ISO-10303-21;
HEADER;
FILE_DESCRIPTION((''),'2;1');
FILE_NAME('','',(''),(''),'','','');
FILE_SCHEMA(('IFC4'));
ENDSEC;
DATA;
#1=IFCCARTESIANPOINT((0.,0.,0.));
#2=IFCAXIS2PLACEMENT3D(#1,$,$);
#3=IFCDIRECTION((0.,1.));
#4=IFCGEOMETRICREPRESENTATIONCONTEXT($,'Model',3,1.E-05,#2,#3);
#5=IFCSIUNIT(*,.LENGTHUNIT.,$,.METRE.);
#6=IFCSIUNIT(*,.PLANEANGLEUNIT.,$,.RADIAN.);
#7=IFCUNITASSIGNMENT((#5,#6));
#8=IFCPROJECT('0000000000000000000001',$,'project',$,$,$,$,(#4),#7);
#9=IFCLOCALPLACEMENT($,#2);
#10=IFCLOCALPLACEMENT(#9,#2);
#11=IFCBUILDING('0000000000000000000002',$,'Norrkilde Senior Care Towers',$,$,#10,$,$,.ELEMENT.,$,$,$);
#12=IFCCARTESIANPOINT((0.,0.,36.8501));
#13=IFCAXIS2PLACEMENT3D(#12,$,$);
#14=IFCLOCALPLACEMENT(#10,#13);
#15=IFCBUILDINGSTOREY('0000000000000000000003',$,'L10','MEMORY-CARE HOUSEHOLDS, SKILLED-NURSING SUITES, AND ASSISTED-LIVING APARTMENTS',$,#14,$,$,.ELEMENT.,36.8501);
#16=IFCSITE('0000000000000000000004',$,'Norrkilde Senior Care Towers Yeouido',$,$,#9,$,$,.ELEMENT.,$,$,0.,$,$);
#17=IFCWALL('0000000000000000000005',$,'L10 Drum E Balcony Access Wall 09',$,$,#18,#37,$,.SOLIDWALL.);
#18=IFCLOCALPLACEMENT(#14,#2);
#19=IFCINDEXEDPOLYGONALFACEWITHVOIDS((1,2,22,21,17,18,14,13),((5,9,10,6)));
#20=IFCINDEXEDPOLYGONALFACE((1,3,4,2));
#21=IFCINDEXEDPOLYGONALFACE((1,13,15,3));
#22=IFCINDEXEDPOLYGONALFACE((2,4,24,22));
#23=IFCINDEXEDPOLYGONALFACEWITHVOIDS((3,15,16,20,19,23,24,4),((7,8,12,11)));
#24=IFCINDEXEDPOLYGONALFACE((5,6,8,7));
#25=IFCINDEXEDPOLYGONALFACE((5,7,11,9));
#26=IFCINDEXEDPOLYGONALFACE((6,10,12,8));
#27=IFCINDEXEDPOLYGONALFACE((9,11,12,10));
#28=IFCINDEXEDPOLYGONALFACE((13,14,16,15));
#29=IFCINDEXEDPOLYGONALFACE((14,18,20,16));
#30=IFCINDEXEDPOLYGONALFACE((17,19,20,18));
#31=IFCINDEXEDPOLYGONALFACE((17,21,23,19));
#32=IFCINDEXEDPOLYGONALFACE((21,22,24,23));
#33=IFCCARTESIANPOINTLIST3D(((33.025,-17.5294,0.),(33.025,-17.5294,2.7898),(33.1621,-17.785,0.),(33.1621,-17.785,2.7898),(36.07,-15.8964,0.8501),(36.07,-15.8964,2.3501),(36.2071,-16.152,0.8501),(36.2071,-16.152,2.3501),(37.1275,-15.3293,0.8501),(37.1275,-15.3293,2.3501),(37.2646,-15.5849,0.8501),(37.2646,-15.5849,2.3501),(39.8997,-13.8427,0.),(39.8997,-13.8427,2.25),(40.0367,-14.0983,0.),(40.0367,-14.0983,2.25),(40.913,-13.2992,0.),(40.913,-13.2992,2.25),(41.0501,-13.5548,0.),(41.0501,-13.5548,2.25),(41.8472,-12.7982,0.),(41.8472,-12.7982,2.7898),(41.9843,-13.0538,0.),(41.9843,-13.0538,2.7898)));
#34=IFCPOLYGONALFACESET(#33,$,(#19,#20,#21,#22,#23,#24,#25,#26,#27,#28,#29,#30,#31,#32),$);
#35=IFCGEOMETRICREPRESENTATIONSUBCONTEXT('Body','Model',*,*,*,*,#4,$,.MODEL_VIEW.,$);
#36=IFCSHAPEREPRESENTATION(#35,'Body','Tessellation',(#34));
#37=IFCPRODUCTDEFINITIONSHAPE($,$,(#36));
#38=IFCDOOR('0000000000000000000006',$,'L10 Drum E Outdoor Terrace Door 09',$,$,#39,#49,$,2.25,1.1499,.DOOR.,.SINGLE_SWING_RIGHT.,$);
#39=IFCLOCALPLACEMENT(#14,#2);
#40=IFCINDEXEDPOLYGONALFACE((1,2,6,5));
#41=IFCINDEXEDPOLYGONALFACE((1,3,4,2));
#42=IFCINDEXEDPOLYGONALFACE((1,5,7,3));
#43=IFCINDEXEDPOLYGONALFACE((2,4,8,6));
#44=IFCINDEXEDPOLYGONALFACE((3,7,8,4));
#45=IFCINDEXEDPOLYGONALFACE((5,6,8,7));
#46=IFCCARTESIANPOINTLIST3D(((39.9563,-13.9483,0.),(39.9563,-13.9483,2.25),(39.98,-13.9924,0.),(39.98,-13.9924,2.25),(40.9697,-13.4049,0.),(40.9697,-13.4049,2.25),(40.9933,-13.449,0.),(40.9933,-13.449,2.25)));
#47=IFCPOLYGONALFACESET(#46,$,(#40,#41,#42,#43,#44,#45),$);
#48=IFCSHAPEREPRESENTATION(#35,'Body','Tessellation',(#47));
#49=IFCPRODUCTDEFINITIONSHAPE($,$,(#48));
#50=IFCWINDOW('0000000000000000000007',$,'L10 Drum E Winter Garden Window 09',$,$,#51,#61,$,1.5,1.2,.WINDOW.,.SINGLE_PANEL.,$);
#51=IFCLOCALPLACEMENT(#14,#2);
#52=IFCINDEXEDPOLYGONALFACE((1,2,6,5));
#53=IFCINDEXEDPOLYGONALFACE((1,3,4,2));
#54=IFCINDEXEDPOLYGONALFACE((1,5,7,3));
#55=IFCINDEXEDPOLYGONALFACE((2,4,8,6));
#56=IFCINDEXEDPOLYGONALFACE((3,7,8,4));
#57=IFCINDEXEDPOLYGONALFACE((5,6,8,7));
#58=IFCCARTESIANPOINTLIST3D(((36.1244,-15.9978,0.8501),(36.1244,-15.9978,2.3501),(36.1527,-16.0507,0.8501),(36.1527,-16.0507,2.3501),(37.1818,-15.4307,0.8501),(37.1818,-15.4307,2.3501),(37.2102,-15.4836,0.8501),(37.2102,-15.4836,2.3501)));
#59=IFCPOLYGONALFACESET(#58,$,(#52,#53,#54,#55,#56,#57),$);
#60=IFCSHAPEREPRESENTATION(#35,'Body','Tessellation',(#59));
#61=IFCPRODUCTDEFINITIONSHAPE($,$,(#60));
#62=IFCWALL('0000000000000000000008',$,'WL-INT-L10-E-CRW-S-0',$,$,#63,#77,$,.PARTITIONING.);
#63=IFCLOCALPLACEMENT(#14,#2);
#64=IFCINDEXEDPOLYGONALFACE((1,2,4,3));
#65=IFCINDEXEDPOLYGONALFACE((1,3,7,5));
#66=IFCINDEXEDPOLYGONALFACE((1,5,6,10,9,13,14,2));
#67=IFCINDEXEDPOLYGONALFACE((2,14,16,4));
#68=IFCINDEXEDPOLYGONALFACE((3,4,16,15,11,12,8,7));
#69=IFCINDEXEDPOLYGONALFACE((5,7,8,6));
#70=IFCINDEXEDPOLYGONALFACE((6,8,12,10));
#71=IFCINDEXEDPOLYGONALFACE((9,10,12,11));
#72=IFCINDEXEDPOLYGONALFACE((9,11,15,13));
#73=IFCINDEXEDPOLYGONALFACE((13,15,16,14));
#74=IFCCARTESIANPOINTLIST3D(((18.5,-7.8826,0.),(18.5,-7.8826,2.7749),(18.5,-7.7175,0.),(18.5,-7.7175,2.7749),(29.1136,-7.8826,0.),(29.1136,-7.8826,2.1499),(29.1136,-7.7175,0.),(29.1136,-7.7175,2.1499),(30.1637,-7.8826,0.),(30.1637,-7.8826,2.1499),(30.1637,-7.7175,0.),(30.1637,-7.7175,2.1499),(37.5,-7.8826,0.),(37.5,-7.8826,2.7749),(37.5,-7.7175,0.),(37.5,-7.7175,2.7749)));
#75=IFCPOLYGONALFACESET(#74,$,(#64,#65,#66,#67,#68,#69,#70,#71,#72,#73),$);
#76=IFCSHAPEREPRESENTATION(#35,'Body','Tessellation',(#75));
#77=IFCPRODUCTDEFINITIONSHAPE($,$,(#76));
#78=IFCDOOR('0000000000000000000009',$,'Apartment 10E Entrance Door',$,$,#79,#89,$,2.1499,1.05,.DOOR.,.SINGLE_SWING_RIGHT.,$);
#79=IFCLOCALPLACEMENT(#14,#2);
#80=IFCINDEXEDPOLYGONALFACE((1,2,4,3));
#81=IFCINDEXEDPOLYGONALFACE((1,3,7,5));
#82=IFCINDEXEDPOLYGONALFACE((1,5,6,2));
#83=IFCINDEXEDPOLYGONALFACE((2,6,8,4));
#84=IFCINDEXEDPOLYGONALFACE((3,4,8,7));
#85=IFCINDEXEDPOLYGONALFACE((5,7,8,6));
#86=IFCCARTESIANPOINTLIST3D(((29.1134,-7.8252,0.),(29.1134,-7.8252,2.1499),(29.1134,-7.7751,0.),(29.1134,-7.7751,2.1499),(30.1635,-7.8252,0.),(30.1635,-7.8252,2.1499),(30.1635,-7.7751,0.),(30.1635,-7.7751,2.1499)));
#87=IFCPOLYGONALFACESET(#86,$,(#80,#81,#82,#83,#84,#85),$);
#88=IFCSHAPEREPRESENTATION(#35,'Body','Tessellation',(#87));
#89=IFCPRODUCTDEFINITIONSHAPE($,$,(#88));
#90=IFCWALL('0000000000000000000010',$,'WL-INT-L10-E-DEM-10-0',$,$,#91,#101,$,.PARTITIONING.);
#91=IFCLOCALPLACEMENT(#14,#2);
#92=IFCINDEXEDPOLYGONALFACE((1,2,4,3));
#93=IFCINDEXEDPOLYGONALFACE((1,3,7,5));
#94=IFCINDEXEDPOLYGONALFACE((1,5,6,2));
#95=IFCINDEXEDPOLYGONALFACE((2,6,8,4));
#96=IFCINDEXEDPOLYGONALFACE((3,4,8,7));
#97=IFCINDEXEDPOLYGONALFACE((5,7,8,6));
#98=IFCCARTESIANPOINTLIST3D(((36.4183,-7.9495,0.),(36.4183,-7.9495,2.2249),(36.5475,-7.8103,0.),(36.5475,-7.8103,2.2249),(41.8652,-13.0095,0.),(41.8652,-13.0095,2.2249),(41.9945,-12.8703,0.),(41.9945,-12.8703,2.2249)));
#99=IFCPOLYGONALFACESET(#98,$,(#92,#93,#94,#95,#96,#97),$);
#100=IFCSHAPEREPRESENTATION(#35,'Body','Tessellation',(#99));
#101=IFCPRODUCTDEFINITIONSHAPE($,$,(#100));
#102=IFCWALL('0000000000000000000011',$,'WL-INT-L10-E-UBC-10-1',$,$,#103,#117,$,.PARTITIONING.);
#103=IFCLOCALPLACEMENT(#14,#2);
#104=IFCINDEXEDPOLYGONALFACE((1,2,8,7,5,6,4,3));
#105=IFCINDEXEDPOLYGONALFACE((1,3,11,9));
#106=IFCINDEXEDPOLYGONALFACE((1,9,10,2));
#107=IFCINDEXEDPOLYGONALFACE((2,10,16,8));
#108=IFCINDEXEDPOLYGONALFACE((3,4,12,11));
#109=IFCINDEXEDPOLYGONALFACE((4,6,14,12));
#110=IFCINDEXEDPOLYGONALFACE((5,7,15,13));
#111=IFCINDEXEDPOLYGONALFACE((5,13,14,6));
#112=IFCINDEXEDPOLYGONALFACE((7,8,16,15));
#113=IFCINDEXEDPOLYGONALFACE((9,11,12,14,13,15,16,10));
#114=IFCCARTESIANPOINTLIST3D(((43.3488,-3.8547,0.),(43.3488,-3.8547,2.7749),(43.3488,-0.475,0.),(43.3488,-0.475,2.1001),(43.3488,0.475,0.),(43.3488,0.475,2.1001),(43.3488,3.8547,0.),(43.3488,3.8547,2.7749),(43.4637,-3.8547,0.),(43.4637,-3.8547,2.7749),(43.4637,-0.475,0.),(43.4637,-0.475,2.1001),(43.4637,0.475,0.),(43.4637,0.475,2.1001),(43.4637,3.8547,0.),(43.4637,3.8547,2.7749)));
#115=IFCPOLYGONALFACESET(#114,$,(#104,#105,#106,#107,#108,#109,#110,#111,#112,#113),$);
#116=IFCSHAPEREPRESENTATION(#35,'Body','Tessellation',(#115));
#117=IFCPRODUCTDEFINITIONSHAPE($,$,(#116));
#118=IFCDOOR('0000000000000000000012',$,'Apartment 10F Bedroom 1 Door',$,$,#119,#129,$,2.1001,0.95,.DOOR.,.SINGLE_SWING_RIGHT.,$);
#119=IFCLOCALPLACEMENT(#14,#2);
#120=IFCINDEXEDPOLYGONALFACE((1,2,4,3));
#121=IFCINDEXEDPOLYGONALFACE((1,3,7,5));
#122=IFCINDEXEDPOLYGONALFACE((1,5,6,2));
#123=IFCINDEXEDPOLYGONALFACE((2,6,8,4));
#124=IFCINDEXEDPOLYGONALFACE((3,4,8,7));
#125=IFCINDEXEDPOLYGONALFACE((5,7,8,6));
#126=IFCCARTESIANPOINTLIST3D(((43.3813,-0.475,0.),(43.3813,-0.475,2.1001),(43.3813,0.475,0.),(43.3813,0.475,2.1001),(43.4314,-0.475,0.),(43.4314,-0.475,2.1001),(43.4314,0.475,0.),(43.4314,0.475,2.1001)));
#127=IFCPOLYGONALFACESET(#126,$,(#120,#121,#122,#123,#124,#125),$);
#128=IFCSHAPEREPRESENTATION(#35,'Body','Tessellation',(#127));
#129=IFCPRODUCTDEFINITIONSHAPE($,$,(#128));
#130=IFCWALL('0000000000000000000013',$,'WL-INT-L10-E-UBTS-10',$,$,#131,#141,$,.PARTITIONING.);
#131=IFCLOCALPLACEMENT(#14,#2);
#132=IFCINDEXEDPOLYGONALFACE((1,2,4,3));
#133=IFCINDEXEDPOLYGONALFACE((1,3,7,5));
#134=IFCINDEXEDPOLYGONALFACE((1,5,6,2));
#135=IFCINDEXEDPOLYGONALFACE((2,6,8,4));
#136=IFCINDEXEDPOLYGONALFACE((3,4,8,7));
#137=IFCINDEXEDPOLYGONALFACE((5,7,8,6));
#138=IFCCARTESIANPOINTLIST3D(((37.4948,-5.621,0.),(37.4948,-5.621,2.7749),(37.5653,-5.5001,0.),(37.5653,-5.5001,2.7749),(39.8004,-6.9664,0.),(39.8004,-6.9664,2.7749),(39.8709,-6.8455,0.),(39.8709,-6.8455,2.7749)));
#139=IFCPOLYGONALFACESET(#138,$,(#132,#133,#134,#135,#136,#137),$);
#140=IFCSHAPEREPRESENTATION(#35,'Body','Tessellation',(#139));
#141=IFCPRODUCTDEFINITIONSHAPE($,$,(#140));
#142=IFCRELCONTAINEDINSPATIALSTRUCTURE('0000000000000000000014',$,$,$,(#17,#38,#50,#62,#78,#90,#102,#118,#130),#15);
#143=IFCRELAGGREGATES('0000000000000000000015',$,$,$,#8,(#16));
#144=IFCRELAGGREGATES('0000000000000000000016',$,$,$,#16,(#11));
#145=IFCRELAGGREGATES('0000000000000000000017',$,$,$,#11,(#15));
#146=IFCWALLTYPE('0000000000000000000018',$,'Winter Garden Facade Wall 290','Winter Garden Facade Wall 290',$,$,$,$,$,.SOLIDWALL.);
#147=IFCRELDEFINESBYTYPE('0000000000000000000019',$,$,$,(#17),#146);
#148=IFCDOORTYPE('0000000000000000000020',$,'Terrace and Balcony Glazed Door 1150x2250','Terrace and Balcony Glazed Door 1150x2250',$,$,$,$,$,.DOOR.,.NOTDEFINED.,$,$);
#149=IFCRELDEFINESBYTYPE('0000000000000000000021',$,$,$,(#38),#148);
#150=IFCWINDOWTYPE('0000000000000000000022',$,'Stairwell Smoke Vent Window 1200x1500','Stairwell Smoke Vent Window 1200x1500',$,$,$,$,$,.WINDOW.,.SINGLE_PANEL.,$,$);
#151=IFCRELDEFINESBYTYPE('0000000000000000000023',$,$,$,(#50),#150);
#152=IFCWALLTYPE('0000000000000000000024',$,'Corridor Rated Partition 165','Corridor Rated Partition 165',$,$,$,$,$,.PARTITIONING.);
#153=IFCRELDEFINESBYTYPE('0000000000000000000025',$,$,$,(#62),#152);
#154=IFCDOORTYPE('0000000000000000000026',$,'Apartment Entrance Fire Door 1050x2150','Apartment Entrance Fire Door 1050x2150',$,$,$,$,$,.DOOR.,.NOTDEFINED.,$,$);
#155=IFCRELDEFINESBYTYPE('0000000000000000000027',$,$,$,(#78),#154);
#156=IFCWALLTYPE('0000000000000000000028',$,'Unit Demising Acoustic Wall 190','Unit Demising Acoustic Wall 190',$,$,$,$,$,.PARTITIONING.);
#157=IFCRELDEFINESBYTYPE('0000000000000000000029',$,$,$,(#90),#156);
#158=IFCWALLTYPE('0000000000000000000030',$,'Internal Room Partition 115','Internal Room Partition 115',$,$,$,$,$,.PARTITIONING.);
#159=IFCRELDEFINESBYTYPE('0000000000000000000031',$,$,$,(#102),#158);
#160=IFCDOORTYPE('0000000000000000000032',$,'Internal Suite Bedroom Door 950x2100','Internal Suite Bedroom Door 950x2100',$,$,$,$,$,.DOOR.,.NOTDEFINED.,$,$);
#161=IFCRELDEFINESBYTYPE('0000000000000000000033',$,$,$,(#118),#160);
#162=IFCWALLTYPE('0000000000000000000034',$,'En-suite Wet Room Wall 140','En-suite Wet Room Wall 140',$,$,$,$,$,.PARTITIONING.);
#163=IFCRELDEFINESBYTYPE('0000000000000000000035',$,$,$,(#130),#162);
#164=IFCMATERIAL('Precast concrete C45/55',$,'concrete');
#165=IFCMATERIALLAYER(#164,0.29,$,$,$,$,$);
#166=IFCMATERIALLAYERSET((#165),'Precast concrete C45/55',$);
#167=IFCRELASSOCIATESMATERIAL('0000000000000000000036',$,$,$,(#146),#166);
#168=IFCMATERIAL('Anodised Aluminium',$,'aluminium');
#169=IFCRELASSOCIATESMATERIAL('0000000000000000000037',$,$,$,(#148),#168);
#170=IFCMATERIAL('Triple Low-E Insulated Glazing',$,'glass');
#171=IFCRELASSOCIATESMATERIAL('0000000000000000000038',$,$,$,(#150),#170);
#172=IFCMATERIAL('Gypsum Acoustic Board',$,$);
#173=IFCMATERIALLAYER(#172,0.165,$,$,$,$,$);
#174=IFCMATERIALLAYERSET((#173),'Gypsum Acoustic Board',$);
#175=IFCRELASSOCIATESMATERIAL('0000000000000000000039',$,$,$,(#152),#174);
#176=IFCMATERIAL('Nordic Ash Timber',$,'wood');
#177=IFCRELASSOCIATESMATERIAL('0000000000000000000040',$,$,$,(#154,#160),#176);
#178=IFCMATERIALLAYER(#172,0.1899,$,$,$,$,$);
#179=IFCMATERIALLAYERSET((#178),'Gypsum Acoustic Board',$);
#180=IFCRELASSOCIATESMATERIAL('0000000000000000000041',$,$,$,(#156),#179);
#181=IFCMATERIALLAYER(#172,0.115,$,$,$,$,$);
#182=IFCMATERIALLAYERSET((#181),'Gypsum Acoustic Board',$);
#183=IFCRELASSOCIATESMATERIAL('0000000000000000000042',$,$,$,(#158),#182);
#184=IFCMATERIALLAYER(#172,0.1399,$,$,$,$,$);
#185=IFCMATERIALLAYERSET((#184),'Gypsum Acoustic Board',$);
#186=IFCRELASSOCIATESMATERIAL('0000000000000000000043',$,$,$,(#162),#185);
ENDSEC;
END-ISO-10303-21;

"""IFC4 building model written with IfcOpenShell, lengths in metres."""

from ifc_helpers import new_model, si_unit, direction, frame, frame_2d, origin, place, context, subcontext, project, spatial, rectangle, extrude, source, transform, mapped, material, layer, layer_set, type_object, type_shapes, element, fill, save


model = new_model("IFC4")

# Units and contexts
model_context = context("Model", 3, precision=1e-05, world=origin(), true_north=direction((0.0, 1.0)))
body_context = subcontext(model_context, "Body", "Model", "MODEL_VIEW")
ifc_project = project(units=[si_unit("LENGTHUNIT", "METRE"), si_unit("PLANEANGLEUNIT", "RADIAN")], contexts=[model_context])

# Site, building, storey
site_placement = place(None, origin())
site = spatial("IfcSite", under=ifc_project, at=site_placement, Name="Norrkilde Senior Care Towers Yeouido", CompositionType="ELEMENT", RefElevation=0.0)
building_placement = place(site_placement, origin())
building = spatial("IfcBuilding", under=site, at=building_placement, Name="Norrkilde Senior Care Towers", CompositionType="ELEMENT")
storey_placement = place(building_placement, frame((0.0, 0.0, 36.8501)))
storey = spatial("IfcBuildingStorey", under=building, at=storey_placement, Name="L10", Description="MEMORY-CARE HOUSEHOLDS, SKILLED-NURSING SUITES, AND ASSISTED-LIVING APARTMENTS", CompositionType="ELEMENT", Elevation=36.8501)

# Shared definitions
ifc_material_1 = material(Name="Triple Low-E Insulated Glazing", Category="glass")
ifc_material_2 = material(Name="Anodised Aluminium", Category="aluminium")

# Wall, openings, door, window
ifc_material_3 = material(Name="Precast concrete C45/55", Category="concrete")
ifc_layer_1 = layer(ifc_material_3, 0.29)
ifc_layer_set_1 = layer_set([ifc_layer_1], Name="Precast concrete C45/55")
wall_type_1 = type_object("IfcWallType", Name="Winter Garden Facade Wall 290", Description="Winter Garden Facade Wall 290", PredefinedType="SOLIDWALL", material=ifc_layer_set_1)
shared_shape_1 = source(origin(), body_context, "Body", "SweptSolid", [
    extrude(rectangle(XDim=10.0107, YDim=0.29, at=frame_2d((5.0054, 0.0))), origin(), (0.0, 0.0, 1.0), 2.7898),
])
type_shapes(wall_type_1, [shared_shape_1])
wall_1_placement = place(storey_placement, frame((41.9158, -12.926, 0.0), z_axis=(0.0, 0.0, 1.0), x_axis=(-0.881273, -0.472608, 0.0)))
wall_1 = element("IfcWall", 1, at=wall_1_placement, inside=storey, type_object=wall_type_1, Name="L10 Drum E Balcony Access Wall 09", PredefinedType="SOLIDWALL", context=body_context, shape_type="MappedRepresentation", body=[
    mapped(shared_shape_1, transform((0.0, 0.0, 0.0), x_axis=(1.0, 0.0, 0.0), y_axis=(0.0, 1.0, 0.0), z_axis=(0.0, 0.0, 1.0), scale=1.0)),
])
opening_1_placement = place(wall_1_placement, frame((1.0601, 0.0, 0.0)))
opening_1 = element("IfcOpeningElement", 2, at=opening_1_placement, cuts=wall_1, PredefinedType="OPENING", context=body_context, shape_type="SweptSolid", body=[
    extrude(rectangle(XDim=1.1499, YDim=2.25, at=frame_2d((0.575, 1.125))), frame((0.0, 0.155, 0.0), z_axis=(0.0, -1.0, 0.0), x_axis=(1.0, 0.0, 0.0)), (0.0, 0.0, 1.0), 0.3101),
])
opening_2_placement = place(wall_1_placement, frame((5.3555, 0.0, 0.8501)))
opening_2 = element("IfcOpeningElement", 3, at=opening_2_placement, cuts=wall_1, PredefinedType="OPENING", context=body_context, shape_type="SweptSolid", body=[
    extrude(rectangle(XDim=1.2, YDim=1.5, at=frame_2d((0.6001, 0.75))), frame((0.0, 0.155, 0.0), z_axis=(0.0, -1.0, 0.0), x_axis=(1.0, 0.0, 0.0)), (0.0, 0.0, 1.0), 0.3101),
])
door_type_1 = type_object("IfcDoorType", Name="Terrace and Balcony Glazed Door 1150x2250", Description="Terrace and Balcony Glazed Door 1150x2250", OperationType="NOTDEFINED", PredefinedType="DOOR", material=ifc_material_2)
shared_shape_2 = source(origin(), body_context, "Body", "SweptSolid", [
    extrude(rectangle(XDim=1.1499, YDim=2.25, at=frame_2d((0.575, 1.125))), frame((0.0, 0.0249, 0.0), z_axis=(0.0, -1.0, 0.0), x_axis=(1.0, 0.0, 0.0)), (0.0, 0.0, 1.0), 0.05),
])
type_shapes(door_type_1, [shared_shape_2])
door_1_placement = place(opening_1_placement, origin())
door_1 = element("IfcDoor", 4, at=door_1_placement, inside=storey, type_object=door_type_1, Name="L10 Drum E Outdoor Terrace Door 09", OperationType="SINGLE_SWING_RIGHT", OverallHeight=2.25, OverallWidth=1.1499, PredefinedType="DOOR", context=body_context, shape_type="MappedRepresentation", body=[
    mapped(shared_shape_2, transform((0.0, 0.0, 0.0), x_axis=(1.0, 0.0, 0.0), y_axis=(0.0, 1.0, 0.0), z_axis=(0.0, 0.0, 1.0), scale=1.0)),
])
fill(opening_1, door_1)
window_type = type_object("IfcWindowType", Name="Stairwell Smoke Vent Window 1200x1500", Description="Stairwell Smoke Vent Window 1200x1500", PartitioningType="SINGLE_PANEL", PredefinedType="WINDOW", material=ifc_material_1)
shared_shape_3 = source(origin(), body_context, "Body", "SweptSolid", [
    extrude(rectangle(XDim=1.2, YDim=1.5, at=frame_2d((0.6001, 0.75))), frame((0.0, 0.03, 0.0), z_axis=(0.0, -1.0, 0.0), x_axis=(1.0, 0.0, 0.0)), (0.0, 0.0, 1.0), 0.0601),
])
type_shapes(window_type, [shared_shape_3])
window_placement = place(opening_2_placement, origin())
window = element("IfcWindow", 5, at=window_placement, inside=storey, type_object=window_type, Name="L10 Drum E Winter Garden Window 09", OverallHeight=1.5, OverallWidth=1.2, PartitioningType="SINGLE_PANEL", PredefinedType="WINDOW", context=body_context, shape_type="MappedRepresentation", body=[
    mapped(shared_shape_3, transform((0.0, 0.0, 0.0), x_axis=(1.0, 0.0, 0.0), y_axis=(0.0, 1.0, 0.0), z_axis=(0.0, 0.0, 1.0), scale=1.0)),
])
fill(opening_2, window)

# Wall, opening, door
ifc_material_4 = material(Name="Gypsum Acoustic Board")
ifc_layer_2 = layer(ifc_material_4, 0.165)
ifc_layer_set_2 = layer_set([ifc_layer_2], Name="Gypsum Acoustic Board")
wall_type_2 = type_object("IfcWallType", Name="Corridor Rated Partition 165", Description="Corridor Rated Partition 165", PredefinedType="PARTITIONING", material=ifc_layer_set_2)
shared_shape_4 = source(origin(), body_context, "Body", "SweptSolid", [
    extrude(rectangle(XDim=19.0, YDim=0.165, at=frame_2d((9.5, 0.0))), origin(), (0.0, 0.0, 1.0), 2.7749),
])
type_shapes(wall_type_2, [shared_shape_4])
wall_2_placement = place(storey_placement, frame((37.5, -7.8, 0.0), z_axis=(0.0, 0.0, 1.0), x_axis=(-1.0, 0.0, 0.0)))
wall_2 = element("IfcWall", 6, at=wall_2_placement, inside=storey, type_object=wall_type_2, Name="WL-INT-L10-E-CRW-S-0", PredefinedType="PARTITIONING", context=body_context, shape_type="MappedRepresentation", body=[
    mapped(shared_shape_4, transform((0.0, 0.0, 0.0), x_axis=(1.0, 0.0, 0.0), y_axis=(0.0, 1.0, 0.0), z_axis=(0.0, 0.0, 1.0), scale=1.0)),
])
opening_3_placement = place(wall_2_placement, frame((7.3364, 0.0, 0.0)))
opening_3 = element("IfcOpeningElement", 7, at=opening_3_placement, cuts=wall_2, PredefinedType="OPENING", context=body_context, shape_type="SweptSolid", body=[
    extrude(rectangle(XDim=1.05, YDim=2.1499, at=frame_2d((0.5249, 1.075))), frame((0.0, 0.0925, 0.0), z_axis=(0.0, -1.0, 0.0), x_axis=(1.0, 0.0, 0.0)), (0.0, 0.0, 1.0), 0.1851),
])
ifc_material_5 = material(Name="Nordic Ash Timber", Category="wood")
door_type_2 = type_object("IfcDoorType", Name="Apartment Entrance Fire Door 1050x2150", Description="Apartment Entrance Fire Door 1050x2150", OperationType="NOTDEFINED", PredefinedType="DOOR", material=ifc_material_5)
shared_shape_5 = source(origin(), body_context, "Body", "SweptSolid", [
    extrude(rectangle(XDim=1.05, YDim=2.1499, at=frame_2d((0.5249, 1.075))), frame((0.0, 0.0249, 0.0), z_axis=(0.0, -1.0, 0.0), x_axis=(1.0, 0.0, 0.0)), (0.0, 0.0, 1.0), 0.05),
])
type_shapes(door_type_2, [shared_shape_5])
door_2_placement = place(opening_3_placement, frame((1.05, 0.0, 0.0), z_axis=(0.0, 0.0, 1.0), x_axis=(-1.0, 0.0, 0.0)))
door_2 = element("IfcDoor", 8, at=door_2_placement, inside=storey, type_object=door_type_2, Name="Apartment 10E Entrance Door", OperationType="SINGLE_SWING_RIGHT", OverallHeight=2.1499, OverallWidth=1.05, PredefinedType="DOOR", context=body_context, shape_type="MappedRepresentation", body=[
    mapped(shared_shape_5, transform((0.0, 0.0, 0.0), x_axis=(1.0, 0.0, 0.0), y_axis=(0.0, 1.0, 0.0), z_axis=(0.0, 0.0, 1.0), scale=1.0)),
])
fill(opening_3, door_2)

# Wall
ifc_layer_3 = layer(ifc_material_4, 0.1899)
ifc_layer_set_3 = layer_set([ifc_layer_3], Name="Gypsum Acoustic Board")
wall_type_3 = type_object("IfcWallType", Name="Unit Demising Acoustic Wall 190", Description="Unit Demising Acoustic Wall 190", PredefinedType="PARTITIONING", material=ifc_layer_set_3)
shared_shape_6 = source(origin(), body_context, "Body", "SweptSolid", [
    extrude(rectangle(XDim=7.4346, YDim=0.1899, at=frame_2d((3.7173, 0.0))), origin(), (0.0, 0.0, 1.0), 2.2249),
])
type_shapes(wall_type_3, [shared_shape_6])
wall_3_placement = place(storey_placement, frame((36.4829, -7.8799, 0.0), z_axis=(0.0, 0.0, 1.0), x_axis=(0.732652, -0.680603, 0.0)))
element("IfcWall", 9, at=wall_3_placement, inside=storey, type_object=wall_type_3, Name="WL-INT-L10-E-DEM-10-0", PredefinedType="PARTITIONING", context=body_context, shape_type="MappedRepresentation", body=[
    mapped(shared_shape_6, transform((0.0, 0.0, 0.0), x_axis=(1.0, 0.0, 0.0), y_axis=(0.0, 1.0, 0.0), z_axis=(0.0, 0.0, 1.0), scale=1.0)),
])

# Wall, opening, door
ifc_layer_4 = layer(ifc_material_4, 0.115)
ifc_layer_set_4 = layer_set([ifc_layer_4], Name="Gypsum Acoustic Board")
wall_type_4 = type_object("IfcWallType", Name="Internal Room Partition 115", Description="Internal Room Partition 115", PredefinedType="PARTITIONING", material=ifc_layer_set_4)
shared_shape_7 = source(origin(), body_context, "Body", "SweptSolid", [
    extrude(rectangle(XDim=7.7095, YDim=0.115, at=frame_2d((3.8547, 0.0))), origin(), (0.0, 0.0, 1.0), 2.7749),
])
wall_4_placement = place(storey_placement, frame((43.4062, -3.8547, 0.0), z_axis=(0.0, 0.0, 1.0), x_axis=(0.0, 1.0, 0.0)))
wall_4 = element("IfcWall", 10, at=wall_4_placement, inside=storey, type_object=wall_type_4, Name="WL-INT-L10-E-UBC-10-1", PredefinedType="PARTITIONING", context=body_context, shape_type="MappedRepresentation", body=[
    mapped(shared_shape_7, transform((0.0, 0.0, 0.0), x_axis=(1.0, 0.0, 0.0), y_axis=(0.0, 1.0, 0.0), z_axis=(0.0, 0.0, 1.0), scale=1.0)),
])
opening_4_placement = place(wall_4_placement, frame((3.3796, 0.0, 0.0)))
opening_4 = element("IfcOpeningElement", 11, at=opening_4_placement, cuts=wall_4, PredefinedType="OPENING", context=body_context, shape_type="SweptSolid", body=[
    extrude(rectangle(XDim=0.95, YDim=2.1001, at=frame_2d((0.4751, 1.05))), frame((0.0, 0.0674, 0.0), z_axis=(0.0, -1.0, 0.0), x_axis=(1.0, 0.0, 0.0)), (0.0, 0.0, 1.0), 0.135),
])
door_type_3 = type_object("IfcDoorType", Name="Internal Suite Bedroom Door 950x2100", Description="Internal Suite Bedroom Door 950x2100", OperationType="NOTDEFINED", PredefinedType="DOOR", material=ifc_material_5)
shared_shape_8 = source(origin(), body_context, "Body", "SweptSolid", [
    extrude(rectangle(XDim=0.95, YDim=2.1001, at=frame_2d((0.4751, 1.05))), frame((0.0, 0.0249, 0.0), z_axis=(0.0, -1.0, 0.0), x_axis=(1.0, 0.0, 0.0)), (0.0, 0.0, 1.0), 0.05),
])
type_shapes(door_type_3, [shared_shape_8])
door_3_placement = place(opening_4_placement, origin())
door_3 = element("IfcDoor", 12, at=door_3_placement, inside=storey, type_object=door_type_3, Name="Apartment 10F Bedroom 1 Door", OperationType="SINGLE_SWING_RIGHT", OverallHeight=2.1001, OverallWidth=0.95, PredefinedType="DOOR", context=body_context, shape_type="MappedRepresentation", body=[
    mapped(shared_shape_8, transform((0.0, 0.0, 0.0), x_axis=(1.0, 0.0, 0.0), y_axis=(0.0, 1.0, 0.0), z_axis=(0.0, 0.0, 1.0), scale=1.0)),
])
fill(opening_4, door_3)

# Wall
ifc_layer_5 = layer(ifc_material_4, 0.1399)
ifc_layer_set_5 = layer_set([ifc_layer_5], Name="Gypsum Acoustic Board")
wall_type_5 = type_object("IfcWallType", Name="En-suite Wet Room Wall 140", Description="En-suite Wet Room Wall 140", PredefinedType="PARTITIONING", material=ifc_layer_set_5)
shared_shape_9 = source(origin(), body_context, "Body", "SweptSolid", [
    extrude(rectangle(XDim=2.6694, YDim=0.1399, at=frame_2d((1.3347, 0.0))), origin(), (0.0, 0.0, 1.0), 2.7749),
])
wall_5_placement = place(storey_placement, frame((37.53, -5.5605, 0.0), z_axis=(0.0, 0.0, 1.0), x_axis=(0.863699, -0.504007, 0.0)))
element("IfcWall", 13, at=wall_5_placement, inside=storey, type_object=wall_type_5, Name="WL-INT-L10-E-UBTS-10", PredefinedType="PARTITIONING", context=body_context, shape_type="MappedRepresentation", body=[
    mapped(shared_shape_9, transform((0.0, 0.0, 0.0), x_axis=(1.0, 0.0, 0.0), y_axis=(0.0, 1.0, 0.0), z_axis=(0.0, 0.0, 1.0), scale=1.0)),
])

save(model, "model.ifc")
